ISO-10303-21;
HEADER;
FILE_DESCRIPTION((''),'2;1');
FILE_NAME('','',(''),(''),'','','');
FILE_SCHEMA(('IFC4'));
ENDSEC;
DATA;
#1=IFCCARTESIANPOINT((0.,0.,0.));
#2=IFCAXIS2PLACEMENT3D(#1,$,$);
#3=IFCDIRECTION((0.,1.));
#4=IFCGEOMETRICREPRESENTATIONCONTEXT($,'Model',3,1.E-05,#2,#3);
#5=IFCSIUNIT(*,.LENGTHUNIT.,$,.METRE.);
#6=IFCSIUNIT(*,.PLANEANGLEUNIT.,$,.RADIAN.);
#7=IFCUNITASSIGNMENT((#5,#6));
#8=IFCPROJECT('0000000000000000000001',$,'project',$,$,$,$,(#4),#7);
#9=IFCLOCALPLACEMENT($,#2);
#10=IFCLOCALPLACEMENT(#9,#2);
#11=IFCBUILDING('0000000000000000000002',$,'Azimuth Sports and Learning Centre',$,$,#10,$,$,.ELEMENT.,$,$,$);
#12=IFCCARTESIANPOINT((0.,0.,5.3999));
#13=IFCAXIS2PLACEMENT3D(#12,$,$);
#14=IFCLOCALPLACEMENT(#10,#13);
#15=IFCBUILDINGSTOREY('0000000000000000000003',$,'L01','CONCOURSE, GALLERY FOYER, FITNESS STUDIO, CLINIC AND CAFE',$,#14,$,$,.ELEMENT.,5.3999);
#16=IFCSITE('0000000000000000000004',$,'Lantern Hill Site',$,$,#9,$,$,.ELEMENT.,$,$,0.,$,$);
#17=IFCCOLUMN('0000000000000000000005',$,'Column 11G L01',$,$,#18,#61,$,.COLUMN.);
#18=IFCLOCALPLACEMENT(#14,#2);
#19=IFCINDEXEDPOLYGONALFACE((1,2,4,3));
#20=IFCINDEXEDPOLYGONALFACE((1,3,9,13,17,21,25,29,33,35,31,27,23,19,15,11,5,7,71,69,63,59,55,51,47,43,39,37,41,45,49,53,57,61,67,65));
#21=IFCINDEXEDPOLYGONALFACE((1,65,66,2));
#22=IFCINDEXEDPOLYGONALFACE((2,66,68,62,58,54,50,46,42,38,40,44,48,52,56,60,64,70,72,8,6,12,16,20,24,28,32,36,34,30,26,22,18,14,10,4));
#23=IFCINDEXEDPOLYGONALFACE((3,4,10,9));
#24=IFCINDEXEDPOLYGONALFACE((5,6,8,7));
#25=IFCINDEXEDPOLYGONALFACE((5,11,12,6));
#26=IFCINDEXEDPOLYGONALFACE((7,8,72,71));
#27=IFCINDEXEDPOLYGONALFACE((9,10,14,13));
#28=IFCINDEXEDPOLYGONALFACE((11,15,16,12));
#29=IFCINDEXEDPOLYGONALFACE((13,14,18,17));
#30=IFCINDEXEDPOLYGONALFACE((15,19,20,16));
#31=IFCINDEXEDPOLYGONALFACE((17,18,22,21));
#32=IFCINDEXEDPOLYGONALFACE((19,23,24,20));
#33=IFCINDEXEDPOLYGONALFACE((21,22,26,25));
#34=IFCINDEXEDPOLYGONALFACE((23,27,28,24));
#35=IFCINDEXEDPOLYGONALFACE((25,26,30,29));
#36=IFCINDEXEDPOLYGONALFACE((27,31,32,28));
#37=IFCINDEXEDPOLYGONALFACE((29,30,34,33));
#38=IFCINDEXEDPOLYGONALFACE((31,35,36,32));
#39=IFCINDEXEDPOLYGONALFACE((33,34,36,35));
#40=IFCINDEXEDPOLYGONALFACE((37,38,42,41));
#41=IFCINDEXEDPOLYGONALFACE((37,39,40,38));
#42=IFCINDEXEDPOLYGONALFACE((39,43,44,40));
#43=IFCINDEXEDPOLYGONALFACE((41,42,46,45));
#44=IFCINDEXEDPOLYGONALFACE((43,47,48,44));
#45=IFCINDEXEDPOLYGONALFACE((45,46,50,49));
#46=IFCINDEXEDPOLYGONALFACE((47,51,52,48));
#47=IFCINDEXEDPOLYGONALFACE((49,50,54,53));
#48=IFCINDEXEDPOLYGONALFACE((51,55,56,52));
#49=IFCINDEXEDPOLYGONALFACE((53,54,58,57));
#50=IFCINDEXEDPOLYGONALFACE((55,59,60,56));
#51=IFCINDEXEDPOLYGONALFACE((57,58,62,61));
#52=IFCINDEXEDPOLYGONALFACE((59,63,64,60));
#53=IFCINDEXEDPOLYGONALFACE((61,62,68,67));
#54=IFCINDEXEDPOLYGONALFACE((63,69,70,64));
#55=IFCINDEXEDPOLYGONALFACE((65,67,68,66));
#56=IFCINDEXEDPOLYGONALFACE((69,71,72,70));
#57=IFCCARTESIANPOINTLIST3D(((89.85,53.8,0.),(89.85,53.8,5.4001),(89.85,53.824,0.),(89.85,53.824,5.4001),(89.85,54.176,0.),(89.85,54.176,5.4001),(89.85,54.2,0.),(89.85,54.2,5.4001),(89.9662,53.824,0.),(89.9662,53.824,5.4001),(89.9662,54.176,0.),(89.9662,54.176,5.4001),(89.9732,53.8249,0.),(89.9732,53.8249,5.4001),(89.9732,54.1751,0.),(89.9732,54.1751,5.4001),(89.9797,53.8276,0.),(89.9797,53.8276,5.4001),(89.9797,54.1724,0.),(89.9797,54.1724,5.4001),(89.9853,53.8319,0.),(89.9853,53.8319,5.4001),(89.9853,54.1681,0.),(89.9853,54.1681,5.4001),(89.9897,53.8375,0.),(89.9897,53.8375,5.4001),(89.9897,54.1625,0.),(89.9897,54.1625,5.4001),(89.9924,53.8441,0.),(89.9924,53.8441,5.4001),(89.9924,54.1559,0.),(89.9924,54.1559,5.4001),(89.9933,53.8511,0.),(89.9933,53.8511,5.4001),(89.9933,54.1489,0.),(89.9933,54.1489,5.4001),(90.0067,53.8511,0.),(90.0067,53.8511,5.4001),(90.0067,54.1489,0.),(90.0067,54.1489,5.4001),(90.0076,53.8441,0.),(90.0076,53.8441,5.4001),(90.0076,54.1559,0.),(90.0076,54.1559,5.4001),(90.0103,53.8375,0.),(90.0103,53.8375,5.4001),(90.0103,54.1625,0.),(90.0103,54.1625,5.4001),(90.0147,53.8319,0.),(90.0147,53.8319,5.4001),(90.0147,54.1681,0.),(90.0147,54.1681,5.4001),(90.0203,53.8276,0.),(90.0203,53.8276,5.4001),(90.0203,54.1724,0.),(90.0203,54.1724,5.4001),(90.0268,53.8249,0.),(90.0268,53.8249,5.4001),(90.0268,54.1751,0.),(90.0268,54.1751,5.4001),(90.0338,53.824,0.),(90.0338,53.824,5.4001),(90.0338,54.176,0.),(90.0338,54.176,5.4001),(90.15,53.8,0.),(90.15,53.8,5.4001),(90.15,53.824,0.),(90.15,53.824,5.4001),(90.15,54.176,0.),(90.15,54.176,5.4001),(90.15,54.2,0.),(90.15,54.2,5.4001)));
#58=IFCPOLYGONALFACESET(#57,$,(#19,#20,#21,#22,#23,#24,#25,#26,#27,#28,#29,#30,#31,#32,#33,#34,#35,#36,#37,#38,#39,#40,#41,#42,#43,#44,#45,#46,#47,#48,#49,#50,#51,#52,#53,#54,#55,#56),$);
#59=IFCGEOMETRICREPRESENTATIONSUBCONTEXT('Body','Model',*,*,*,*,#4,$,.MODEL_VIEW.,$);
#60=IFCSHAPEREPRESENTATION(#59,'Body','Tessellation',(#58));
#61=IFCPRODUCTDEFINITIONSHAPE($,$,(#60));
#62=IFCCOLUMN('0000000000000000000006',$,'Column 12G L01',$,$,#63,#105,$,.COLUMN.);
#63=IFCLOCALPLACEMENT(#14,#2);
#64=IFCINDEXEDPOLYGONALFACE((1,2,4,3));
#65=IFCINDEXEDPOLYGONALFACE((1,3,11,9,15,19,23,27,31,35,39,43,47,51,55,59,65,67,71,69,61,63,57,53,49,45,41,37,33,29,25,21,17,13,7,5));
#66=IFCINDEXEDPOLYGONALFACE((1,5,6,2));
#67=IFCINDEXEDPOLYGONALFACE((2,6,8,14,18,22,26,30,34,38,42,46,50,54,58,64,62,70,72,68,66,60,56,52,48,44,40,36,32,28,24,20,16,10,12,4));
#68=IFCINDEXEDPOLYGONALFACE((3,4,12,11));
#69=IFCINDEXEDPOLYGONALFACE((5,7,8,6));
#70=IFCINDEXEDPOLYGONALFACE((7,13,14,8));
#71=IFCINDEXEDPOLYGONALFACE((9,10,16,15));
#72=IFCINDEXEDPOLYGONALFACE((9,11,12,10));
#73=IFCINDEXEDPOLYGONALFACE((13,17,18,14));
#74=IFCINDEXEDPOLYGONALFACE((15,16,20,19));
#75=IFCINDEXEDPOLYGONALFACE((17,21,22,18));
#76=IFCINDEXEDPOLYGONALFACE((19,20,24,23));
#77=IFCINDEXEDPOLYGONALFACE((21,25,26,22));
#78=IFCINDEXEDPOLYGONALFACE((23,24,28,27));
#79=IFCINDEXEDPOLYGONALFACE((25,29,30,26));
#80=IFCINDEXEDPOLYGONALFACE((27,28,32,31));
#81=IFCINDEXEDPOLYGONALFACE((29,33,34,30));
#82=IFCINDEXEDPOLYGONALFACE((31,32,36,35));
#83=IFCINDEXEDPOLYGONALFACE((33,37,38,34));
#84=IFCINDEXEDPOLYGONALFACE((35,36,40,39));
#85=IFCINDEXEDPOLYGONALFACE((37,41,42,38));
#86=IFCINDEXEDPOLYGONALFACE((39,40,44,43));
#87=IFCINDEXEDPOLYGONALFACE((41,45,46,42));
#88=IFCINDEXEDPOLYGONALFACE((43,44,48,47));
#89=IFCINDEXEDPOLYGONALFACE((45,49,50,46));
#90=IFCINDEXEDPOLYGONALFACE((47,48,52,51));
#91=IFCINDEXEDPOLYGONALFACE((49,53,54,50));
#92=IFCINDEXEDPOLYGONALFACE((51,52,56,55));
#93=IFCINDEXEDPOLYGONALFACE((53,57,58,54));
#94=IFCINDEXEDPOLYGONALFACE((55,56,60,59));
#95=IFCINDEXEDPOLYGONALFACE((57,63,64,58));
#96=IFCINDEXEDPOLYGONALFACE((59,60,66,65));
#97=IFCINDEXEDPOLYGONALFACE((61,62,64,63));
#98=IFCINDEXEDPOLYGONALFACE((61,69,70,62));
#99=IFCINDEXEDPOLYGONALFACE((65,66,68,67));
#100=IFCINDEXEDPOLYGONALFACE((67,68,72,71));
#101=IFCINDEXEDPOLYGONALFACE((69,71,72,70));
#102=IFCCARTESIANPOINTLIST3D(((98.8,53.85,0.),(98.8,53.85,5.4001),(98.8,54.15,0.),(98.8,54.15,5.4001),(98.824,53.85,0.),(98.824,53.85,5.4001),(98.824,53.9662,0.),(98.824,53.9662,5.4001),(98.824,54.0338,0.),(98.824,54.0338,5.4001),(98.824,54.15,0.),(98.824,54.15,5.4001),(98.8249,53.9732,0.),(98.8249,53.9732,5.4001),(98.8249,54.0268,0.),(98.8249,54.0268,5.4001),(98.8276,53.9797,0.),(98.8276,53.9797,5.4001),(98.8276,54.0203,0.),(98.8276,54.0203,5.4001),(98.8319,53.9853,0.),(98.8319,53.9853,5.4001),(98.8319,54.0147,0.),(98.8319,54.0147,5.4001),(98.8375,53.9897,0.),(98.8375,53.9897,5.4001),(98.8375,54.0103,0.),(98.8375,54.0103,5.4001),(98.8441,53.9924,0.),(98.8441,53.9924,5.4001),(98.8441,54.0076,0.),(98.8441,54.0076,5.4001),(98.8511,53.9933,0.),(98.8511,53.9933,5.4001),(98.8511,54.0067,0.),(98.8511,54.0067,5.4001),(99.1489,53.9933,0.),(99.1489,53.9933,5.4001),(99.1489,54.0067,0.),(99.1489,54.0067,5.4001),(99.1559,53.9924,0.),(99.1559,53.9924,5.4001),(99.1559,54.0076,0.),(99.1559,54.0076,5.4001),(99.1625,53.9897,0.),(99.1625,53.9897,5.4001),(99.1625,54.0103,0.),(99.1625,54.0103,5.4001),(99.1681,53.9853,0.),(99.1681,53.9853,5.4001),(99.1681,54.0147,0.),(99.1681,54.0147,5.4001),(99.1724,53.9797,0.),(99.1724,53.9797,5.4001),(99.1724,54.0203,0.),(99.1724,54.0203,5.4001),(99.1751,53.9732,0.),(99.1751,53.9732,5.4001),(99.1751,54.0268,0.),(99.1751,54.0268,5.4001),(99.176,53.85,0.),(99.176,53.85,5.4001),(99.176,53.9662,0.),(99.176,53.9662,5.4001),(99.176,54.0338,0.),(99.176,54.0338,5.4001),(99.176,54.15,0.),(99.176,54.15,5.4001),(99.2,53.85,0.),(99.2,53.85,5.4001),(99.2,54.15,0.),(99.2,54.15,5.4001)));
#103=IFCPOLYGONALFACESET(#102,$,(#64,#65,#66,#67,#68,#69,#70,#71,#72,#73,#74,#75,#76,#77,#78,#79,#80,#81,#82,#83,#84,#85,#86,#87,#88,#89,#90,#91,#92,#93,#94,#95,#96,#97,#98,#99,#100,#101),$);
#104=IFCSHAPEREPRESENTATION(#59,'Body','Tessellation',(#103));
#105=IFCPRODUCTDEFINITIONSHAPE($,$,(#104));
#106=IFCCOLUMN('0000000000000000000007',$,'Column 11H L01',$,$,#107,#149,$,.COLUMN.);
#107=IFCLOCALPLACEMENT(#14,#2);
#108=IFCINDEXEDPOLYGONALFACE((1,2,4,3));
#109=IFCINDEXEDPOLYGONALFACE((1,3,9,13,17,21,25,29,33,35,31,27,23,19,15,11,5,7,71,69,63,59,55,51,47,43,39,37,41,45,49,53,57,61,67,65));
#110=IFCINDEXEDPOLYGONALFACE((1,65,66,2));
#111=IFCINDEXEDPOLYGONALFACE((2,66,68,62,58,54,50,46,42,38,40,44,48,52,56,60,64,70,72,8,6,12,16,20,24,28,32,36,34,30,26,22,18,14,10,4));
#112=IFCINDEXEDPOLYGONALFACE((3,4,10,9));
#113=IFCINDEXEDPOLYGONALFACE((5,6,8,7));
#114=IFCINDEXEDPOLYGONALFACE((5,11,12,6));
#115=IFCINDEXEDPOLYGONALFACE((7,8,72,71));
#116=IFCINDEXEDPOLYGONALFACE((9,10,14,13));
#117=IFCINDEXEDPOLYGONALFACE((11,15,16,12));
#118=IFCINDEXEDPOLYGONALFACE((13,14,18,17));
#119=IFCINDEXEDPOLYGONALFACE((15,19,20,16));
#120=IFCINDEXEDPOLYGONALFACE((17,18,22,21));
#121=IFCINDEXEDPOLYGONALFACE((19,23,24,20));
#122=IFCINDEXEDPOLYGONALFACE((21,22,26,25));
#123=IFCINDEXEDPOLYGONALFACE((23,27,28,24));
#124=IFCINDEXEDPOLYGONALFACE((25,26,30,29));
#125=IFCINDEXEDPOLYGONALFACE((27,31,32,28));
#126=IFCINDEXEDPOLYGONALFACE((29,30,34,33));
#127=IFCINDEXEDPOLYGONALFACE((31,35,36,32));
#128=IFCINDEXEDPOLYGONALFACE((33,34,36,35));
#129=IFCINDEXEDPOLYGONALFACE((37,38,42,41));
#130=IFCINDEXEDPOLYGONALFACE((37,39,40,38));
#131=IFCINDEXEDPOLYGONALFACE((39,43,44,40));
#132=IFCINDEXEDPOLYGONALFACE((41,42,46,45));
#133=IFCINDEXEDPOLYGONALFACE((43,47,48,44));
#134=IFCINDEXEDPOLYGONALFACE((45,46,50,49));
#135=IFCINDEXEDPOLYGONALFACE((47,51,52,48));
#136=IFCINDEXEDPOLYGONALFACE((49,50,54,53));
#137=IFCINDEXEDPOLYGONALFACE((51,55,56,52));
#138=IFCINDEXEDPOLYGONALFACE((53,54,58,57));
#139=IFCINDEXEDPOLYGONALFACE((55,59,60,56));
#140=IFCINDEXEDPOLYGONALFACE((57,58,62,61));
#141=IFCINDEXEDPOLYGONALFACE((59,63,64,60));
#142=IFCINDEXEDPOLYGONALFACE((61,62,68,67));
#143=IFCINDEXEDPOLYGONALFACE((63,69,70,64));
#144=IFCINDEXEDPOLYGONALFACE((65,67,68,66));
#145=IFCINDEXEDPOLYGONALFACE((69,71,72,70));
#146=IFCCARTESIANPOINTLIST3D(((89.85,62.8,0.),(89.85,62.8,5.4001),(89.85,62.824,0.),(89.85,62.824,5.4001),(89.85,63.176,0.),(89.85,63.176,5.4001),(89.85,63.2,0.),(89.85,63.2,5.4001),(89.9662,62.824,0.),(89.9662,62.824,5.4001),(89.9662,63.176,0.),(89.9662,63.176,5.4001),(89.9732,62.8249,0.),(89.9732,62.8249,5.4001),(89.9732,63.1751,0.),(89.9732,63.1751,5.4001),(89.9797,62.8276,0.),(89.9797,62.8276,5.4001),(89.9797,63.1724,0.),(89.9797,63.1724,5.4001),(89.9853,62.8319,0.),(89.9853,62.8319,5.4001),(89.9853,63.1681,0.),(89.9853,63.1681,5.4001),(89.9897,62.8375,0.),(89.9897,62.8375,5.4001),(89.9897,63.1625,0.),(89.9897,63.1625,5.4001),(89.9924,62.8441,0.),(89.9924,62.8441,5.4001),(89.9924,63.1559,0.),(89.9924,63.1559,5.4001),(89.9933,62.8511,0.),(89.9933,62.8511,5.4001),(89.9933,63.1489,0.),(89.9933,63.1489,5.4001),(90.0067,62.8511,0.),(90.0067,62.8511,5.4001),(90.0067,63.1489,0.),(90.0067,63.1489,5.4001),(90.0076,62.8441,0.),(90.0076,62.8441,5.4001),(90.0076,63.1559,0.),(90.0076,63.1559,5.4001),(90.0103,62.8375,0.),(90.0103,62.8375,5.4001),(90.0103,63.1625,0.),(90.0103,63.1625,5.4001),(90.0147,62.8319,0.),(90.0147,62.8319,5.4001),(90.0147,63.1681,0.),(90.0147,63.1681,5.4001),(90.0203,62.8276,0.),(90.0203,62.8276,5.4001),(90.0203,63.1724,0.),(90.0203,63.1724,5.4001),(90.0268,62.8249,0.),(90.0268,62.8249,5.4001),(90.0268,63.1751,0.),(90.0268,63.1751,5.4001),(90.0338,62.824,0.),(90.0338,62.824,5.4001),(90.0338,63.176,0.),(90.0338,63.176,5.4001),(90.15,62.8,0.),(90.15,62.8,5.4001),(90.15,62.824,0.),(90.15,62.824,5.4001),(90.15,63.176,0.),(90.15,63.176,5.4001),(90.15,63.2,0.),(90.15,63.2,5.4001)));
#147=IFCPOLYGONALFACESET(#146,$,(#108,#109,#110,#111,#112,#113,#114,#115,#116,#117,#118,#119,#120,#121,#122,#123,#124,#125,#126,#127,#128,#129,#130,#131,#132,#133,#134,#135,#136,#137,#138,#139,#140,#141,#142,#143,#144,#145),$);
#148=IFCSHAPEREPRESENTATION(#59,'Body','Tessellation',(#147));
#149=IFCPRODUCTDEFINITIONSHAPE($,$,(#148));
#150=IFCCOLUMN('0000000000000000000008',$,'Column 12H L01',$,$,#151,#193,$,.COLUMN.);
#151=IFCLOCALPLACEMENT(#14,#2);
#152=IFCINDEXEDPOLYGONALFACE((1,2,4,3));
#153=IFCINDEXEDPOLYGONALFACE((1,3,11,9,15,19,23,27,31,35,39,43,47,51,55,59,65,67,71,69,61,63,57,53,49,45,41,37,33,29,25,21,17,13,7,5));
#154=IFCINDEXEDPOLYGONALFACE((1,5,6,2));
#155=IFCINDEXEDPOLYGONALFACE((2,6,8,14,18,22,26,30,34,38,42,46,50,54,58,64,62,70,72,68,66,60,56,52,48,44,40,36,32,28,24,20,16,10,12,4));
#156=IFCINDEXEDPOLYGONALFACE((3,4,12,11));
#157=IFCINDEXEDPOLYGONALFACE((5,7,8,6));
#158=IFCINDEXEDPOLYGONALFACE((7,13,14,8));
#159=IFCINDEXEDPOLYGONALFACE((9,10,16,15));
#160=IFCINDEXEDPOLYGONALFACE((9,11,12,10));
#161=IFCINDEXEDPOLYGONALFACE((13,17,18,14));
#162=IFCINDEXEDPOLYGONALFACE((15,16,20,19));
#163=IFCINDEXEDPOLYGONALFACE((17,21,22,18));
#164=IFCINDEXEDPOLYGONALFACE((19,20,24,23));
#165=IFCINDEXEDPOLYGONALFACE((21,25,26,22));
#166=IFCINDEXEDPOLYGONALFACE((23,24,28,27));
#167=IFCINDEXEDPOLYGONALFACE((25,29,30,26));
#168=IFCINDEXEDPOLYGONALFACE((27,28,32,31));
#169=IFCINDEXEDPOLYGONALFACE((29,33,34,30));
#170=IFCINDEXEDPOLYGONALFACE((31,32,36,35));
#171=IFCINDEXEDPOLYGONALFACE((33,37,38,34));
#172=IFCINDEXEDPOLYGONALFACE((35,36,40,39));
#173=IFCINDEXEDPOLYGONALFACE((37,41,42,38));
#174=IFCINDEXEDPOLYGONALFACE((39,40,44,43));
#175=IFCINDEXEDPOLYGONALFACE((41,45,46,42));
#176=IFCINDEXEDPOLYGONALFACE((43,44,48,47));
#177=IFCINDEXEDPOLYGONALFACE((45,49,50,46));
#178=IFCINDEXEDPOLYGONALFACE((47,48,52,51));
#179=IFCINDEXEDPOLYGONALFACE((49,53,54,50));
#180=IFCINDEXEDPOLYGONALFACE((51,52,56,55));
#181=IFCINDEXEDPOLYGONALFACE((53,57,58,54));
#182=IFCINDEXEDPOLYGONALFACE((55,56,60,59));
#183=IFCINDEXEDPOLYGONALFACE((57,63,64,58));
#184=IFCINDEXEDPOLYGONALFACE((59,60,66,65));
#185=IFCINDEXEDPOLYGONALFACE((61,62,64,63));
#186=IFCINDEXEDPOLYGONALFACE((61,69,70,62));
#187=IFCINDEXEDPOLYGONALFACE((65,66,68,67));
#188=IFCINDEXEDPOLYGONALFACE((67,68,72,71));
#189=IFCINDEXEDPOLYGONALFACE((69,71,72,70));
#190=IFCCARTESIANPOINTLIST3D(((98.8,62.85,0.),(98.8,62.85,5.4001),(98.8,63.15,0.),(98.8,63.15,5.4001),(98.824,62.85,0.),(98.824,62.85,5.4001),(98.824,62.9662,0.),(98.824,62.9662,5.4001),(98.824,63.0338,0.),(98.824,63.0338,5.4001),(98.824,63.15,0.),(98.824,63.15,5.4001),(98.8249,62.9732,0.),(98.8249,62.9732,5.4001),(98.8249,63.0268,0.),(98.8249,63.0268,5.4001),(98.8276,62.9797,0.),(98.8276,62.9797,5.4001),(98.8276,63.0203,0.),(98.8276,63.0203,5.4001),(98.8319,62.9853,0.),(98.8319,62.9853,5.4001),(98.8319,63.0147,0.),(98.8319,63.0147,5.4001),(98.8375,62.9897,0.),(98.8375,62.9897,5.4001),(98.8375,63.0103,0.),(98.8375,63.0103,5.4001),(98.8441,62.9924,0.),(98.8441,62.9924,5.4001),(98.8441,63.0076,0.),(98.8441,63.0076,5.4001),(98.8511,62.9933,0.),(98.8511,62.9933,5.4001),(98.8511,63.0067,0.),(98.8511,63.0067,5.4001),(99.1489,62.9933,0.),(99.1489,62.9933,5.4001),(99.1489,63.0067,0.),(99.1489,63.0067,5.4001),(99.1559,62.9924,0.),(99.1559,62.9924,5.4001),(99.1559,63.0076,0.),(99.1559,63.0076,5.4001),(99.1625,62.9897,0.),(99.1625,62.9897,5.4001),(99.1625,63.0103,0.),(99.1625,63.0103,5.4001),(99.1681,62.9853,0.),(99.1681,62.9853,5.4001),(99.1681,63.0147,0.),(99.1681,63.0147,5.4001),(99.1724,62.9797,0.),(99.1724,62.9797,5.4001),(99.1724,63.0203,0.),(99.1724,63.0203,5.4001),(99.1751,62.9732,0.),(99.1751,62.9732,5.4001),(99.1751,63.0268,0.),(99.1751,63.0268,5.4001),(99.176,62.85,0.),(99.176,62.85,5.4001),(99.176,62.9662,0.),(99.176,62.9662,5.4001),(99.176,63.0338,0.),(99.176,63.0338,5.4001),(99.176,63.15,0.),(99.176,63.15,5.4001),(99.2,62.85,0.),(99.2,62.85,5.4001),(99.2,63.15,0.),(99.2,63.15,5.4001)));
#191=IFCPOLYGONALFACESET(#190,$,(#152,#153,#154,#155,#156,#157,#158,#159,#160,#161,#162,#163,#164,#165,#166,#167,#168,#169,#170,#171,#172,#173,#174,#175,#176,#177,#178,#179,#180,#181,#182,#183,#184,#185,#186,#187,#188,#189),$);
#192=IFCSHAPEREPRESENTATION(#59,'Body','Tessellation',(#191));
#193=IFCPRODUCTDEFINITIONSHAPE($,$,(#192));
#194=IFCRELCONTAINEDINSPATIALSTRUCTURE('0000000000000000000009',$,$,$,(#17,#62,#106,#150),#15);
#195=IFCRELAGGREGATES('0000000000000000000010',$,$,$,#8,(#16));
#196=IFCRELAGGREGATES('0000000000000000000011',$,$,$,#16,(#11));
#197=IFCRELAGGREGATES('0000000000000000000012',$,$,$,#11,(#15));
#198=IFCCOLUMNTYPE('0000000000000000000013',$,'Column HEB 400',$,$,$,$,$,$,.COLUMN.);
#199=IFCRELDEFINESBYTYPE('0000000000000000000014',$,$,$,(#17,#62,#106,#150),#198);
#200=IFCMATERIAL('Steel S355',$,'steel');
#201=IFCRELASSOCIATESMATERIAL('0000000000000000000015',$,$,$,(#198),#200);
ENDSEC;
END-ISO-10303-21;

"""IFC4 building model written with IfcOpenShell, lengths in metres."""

from ifc_helpers import new_model, si_unit, direction, frame, origin, origin_2d, place, context, subcontext, project, spatial, i_section, extrude, material, material_profile, profile_set, type_object, element, save


model = new_model("IFC4")

# Units and contexts
model_context = context("Model", 3, precision=1e-05, world=origin(), true_north=direction((0.0, 1.0)))
body_context = subcontext(model_context, "Body", "Model", "MODEL_VIEW")
ifc_project = project(units=[si_unit("LENGTHUNIT", "METRE"), si_unit("PLANEANGLEUNIT", "RADIAN")], contexts=[model_context])

# Site, building, storey
site_placement = place(None, origin())
site = spatial("IfcSite", under=ifc_project, at=site_placement, Name="Lantern Hill Site", CompositionType="ELEMENT", RefElevation=0.0)
building_placement = place(site_placement, origin())
building = spatial("IfcBuilding", under=site, at=building_placement, Name="Azimuth Sports and Learning Centre", CompositionType="ELEMENT")
storey_placement = place(building_placement, frame((0.0, 0.0, 5.3999)))
storey = spatial("IfcBuildingStorey", under=building, at=storey_placement, Name="L01", Description="CONCOURSE, GALLERY FOYER, FITNESS STUDIO, CLINIC AND CAFE", CompositionType="ELEMENT", Elevation=5.3999)

# Columns
ifc_material_1 = material(Name="Steel S355", Category="steel")
ifc_material_profile_1 = material_profile(ifc_material_1, i_section(OverallWidth=0.3, OverallDepth=0.3999, WebThickness=0.0134, FlangeThickness=0.0239, FilletRadius=0.0271, at=origin_2d()), Name="HEB 400")
ifc_profile_set_1 = profile_set([ifc_material_profile_1], Name="Steel S355")
column_type = type_object("IfcColumnType", Name="Column HEB 400", PredefinedType="COLUMN", material=ifc_profile_set_1)
for number, where, z_axis, x_axis, name in (
    (1, (90.0, 54.0, 0.0), (0.0, 0.0, 1.0), (1.0, 0.0, 0.0), "Column 11G L01"),
    (2, (99.0, 54.0, 0.0), (0.0, 0.0, 1.0), (0.0, 1.0, 0.0), "Column 12G L01"),
    (3, (90.0, 63.0, 0.0), (0.0, 0.0, 1.0), (1.0, 0.0, 0.0), "Column 11H L01"),
    (4, (99.0, 63.0, 0.0), (0.0, 0.0, 1.0), (0.0, 1.0, 0.0), "Column 12H L01"),
):
    element("IfcColumn", number, at=place(storey_placement, frame(where, z_axis=z_axis, x_axis=x_axis)), inside=storey, type_object=column_type, Name=name, PredefinedType="COLUMN", context=body_context, shape_type="SweptSolid", body=[
        extrude(i_section(OverallWidth=0.3, OverallDepth=0.3999, WebThickness=0.0134, FlangeThickness=0.0239, FilletRadius=0.0271, at=origin_2d()), origin(), (0.0, 0.0, 1.0), 5.4001),
    ])

save(model, "model.ifc")
